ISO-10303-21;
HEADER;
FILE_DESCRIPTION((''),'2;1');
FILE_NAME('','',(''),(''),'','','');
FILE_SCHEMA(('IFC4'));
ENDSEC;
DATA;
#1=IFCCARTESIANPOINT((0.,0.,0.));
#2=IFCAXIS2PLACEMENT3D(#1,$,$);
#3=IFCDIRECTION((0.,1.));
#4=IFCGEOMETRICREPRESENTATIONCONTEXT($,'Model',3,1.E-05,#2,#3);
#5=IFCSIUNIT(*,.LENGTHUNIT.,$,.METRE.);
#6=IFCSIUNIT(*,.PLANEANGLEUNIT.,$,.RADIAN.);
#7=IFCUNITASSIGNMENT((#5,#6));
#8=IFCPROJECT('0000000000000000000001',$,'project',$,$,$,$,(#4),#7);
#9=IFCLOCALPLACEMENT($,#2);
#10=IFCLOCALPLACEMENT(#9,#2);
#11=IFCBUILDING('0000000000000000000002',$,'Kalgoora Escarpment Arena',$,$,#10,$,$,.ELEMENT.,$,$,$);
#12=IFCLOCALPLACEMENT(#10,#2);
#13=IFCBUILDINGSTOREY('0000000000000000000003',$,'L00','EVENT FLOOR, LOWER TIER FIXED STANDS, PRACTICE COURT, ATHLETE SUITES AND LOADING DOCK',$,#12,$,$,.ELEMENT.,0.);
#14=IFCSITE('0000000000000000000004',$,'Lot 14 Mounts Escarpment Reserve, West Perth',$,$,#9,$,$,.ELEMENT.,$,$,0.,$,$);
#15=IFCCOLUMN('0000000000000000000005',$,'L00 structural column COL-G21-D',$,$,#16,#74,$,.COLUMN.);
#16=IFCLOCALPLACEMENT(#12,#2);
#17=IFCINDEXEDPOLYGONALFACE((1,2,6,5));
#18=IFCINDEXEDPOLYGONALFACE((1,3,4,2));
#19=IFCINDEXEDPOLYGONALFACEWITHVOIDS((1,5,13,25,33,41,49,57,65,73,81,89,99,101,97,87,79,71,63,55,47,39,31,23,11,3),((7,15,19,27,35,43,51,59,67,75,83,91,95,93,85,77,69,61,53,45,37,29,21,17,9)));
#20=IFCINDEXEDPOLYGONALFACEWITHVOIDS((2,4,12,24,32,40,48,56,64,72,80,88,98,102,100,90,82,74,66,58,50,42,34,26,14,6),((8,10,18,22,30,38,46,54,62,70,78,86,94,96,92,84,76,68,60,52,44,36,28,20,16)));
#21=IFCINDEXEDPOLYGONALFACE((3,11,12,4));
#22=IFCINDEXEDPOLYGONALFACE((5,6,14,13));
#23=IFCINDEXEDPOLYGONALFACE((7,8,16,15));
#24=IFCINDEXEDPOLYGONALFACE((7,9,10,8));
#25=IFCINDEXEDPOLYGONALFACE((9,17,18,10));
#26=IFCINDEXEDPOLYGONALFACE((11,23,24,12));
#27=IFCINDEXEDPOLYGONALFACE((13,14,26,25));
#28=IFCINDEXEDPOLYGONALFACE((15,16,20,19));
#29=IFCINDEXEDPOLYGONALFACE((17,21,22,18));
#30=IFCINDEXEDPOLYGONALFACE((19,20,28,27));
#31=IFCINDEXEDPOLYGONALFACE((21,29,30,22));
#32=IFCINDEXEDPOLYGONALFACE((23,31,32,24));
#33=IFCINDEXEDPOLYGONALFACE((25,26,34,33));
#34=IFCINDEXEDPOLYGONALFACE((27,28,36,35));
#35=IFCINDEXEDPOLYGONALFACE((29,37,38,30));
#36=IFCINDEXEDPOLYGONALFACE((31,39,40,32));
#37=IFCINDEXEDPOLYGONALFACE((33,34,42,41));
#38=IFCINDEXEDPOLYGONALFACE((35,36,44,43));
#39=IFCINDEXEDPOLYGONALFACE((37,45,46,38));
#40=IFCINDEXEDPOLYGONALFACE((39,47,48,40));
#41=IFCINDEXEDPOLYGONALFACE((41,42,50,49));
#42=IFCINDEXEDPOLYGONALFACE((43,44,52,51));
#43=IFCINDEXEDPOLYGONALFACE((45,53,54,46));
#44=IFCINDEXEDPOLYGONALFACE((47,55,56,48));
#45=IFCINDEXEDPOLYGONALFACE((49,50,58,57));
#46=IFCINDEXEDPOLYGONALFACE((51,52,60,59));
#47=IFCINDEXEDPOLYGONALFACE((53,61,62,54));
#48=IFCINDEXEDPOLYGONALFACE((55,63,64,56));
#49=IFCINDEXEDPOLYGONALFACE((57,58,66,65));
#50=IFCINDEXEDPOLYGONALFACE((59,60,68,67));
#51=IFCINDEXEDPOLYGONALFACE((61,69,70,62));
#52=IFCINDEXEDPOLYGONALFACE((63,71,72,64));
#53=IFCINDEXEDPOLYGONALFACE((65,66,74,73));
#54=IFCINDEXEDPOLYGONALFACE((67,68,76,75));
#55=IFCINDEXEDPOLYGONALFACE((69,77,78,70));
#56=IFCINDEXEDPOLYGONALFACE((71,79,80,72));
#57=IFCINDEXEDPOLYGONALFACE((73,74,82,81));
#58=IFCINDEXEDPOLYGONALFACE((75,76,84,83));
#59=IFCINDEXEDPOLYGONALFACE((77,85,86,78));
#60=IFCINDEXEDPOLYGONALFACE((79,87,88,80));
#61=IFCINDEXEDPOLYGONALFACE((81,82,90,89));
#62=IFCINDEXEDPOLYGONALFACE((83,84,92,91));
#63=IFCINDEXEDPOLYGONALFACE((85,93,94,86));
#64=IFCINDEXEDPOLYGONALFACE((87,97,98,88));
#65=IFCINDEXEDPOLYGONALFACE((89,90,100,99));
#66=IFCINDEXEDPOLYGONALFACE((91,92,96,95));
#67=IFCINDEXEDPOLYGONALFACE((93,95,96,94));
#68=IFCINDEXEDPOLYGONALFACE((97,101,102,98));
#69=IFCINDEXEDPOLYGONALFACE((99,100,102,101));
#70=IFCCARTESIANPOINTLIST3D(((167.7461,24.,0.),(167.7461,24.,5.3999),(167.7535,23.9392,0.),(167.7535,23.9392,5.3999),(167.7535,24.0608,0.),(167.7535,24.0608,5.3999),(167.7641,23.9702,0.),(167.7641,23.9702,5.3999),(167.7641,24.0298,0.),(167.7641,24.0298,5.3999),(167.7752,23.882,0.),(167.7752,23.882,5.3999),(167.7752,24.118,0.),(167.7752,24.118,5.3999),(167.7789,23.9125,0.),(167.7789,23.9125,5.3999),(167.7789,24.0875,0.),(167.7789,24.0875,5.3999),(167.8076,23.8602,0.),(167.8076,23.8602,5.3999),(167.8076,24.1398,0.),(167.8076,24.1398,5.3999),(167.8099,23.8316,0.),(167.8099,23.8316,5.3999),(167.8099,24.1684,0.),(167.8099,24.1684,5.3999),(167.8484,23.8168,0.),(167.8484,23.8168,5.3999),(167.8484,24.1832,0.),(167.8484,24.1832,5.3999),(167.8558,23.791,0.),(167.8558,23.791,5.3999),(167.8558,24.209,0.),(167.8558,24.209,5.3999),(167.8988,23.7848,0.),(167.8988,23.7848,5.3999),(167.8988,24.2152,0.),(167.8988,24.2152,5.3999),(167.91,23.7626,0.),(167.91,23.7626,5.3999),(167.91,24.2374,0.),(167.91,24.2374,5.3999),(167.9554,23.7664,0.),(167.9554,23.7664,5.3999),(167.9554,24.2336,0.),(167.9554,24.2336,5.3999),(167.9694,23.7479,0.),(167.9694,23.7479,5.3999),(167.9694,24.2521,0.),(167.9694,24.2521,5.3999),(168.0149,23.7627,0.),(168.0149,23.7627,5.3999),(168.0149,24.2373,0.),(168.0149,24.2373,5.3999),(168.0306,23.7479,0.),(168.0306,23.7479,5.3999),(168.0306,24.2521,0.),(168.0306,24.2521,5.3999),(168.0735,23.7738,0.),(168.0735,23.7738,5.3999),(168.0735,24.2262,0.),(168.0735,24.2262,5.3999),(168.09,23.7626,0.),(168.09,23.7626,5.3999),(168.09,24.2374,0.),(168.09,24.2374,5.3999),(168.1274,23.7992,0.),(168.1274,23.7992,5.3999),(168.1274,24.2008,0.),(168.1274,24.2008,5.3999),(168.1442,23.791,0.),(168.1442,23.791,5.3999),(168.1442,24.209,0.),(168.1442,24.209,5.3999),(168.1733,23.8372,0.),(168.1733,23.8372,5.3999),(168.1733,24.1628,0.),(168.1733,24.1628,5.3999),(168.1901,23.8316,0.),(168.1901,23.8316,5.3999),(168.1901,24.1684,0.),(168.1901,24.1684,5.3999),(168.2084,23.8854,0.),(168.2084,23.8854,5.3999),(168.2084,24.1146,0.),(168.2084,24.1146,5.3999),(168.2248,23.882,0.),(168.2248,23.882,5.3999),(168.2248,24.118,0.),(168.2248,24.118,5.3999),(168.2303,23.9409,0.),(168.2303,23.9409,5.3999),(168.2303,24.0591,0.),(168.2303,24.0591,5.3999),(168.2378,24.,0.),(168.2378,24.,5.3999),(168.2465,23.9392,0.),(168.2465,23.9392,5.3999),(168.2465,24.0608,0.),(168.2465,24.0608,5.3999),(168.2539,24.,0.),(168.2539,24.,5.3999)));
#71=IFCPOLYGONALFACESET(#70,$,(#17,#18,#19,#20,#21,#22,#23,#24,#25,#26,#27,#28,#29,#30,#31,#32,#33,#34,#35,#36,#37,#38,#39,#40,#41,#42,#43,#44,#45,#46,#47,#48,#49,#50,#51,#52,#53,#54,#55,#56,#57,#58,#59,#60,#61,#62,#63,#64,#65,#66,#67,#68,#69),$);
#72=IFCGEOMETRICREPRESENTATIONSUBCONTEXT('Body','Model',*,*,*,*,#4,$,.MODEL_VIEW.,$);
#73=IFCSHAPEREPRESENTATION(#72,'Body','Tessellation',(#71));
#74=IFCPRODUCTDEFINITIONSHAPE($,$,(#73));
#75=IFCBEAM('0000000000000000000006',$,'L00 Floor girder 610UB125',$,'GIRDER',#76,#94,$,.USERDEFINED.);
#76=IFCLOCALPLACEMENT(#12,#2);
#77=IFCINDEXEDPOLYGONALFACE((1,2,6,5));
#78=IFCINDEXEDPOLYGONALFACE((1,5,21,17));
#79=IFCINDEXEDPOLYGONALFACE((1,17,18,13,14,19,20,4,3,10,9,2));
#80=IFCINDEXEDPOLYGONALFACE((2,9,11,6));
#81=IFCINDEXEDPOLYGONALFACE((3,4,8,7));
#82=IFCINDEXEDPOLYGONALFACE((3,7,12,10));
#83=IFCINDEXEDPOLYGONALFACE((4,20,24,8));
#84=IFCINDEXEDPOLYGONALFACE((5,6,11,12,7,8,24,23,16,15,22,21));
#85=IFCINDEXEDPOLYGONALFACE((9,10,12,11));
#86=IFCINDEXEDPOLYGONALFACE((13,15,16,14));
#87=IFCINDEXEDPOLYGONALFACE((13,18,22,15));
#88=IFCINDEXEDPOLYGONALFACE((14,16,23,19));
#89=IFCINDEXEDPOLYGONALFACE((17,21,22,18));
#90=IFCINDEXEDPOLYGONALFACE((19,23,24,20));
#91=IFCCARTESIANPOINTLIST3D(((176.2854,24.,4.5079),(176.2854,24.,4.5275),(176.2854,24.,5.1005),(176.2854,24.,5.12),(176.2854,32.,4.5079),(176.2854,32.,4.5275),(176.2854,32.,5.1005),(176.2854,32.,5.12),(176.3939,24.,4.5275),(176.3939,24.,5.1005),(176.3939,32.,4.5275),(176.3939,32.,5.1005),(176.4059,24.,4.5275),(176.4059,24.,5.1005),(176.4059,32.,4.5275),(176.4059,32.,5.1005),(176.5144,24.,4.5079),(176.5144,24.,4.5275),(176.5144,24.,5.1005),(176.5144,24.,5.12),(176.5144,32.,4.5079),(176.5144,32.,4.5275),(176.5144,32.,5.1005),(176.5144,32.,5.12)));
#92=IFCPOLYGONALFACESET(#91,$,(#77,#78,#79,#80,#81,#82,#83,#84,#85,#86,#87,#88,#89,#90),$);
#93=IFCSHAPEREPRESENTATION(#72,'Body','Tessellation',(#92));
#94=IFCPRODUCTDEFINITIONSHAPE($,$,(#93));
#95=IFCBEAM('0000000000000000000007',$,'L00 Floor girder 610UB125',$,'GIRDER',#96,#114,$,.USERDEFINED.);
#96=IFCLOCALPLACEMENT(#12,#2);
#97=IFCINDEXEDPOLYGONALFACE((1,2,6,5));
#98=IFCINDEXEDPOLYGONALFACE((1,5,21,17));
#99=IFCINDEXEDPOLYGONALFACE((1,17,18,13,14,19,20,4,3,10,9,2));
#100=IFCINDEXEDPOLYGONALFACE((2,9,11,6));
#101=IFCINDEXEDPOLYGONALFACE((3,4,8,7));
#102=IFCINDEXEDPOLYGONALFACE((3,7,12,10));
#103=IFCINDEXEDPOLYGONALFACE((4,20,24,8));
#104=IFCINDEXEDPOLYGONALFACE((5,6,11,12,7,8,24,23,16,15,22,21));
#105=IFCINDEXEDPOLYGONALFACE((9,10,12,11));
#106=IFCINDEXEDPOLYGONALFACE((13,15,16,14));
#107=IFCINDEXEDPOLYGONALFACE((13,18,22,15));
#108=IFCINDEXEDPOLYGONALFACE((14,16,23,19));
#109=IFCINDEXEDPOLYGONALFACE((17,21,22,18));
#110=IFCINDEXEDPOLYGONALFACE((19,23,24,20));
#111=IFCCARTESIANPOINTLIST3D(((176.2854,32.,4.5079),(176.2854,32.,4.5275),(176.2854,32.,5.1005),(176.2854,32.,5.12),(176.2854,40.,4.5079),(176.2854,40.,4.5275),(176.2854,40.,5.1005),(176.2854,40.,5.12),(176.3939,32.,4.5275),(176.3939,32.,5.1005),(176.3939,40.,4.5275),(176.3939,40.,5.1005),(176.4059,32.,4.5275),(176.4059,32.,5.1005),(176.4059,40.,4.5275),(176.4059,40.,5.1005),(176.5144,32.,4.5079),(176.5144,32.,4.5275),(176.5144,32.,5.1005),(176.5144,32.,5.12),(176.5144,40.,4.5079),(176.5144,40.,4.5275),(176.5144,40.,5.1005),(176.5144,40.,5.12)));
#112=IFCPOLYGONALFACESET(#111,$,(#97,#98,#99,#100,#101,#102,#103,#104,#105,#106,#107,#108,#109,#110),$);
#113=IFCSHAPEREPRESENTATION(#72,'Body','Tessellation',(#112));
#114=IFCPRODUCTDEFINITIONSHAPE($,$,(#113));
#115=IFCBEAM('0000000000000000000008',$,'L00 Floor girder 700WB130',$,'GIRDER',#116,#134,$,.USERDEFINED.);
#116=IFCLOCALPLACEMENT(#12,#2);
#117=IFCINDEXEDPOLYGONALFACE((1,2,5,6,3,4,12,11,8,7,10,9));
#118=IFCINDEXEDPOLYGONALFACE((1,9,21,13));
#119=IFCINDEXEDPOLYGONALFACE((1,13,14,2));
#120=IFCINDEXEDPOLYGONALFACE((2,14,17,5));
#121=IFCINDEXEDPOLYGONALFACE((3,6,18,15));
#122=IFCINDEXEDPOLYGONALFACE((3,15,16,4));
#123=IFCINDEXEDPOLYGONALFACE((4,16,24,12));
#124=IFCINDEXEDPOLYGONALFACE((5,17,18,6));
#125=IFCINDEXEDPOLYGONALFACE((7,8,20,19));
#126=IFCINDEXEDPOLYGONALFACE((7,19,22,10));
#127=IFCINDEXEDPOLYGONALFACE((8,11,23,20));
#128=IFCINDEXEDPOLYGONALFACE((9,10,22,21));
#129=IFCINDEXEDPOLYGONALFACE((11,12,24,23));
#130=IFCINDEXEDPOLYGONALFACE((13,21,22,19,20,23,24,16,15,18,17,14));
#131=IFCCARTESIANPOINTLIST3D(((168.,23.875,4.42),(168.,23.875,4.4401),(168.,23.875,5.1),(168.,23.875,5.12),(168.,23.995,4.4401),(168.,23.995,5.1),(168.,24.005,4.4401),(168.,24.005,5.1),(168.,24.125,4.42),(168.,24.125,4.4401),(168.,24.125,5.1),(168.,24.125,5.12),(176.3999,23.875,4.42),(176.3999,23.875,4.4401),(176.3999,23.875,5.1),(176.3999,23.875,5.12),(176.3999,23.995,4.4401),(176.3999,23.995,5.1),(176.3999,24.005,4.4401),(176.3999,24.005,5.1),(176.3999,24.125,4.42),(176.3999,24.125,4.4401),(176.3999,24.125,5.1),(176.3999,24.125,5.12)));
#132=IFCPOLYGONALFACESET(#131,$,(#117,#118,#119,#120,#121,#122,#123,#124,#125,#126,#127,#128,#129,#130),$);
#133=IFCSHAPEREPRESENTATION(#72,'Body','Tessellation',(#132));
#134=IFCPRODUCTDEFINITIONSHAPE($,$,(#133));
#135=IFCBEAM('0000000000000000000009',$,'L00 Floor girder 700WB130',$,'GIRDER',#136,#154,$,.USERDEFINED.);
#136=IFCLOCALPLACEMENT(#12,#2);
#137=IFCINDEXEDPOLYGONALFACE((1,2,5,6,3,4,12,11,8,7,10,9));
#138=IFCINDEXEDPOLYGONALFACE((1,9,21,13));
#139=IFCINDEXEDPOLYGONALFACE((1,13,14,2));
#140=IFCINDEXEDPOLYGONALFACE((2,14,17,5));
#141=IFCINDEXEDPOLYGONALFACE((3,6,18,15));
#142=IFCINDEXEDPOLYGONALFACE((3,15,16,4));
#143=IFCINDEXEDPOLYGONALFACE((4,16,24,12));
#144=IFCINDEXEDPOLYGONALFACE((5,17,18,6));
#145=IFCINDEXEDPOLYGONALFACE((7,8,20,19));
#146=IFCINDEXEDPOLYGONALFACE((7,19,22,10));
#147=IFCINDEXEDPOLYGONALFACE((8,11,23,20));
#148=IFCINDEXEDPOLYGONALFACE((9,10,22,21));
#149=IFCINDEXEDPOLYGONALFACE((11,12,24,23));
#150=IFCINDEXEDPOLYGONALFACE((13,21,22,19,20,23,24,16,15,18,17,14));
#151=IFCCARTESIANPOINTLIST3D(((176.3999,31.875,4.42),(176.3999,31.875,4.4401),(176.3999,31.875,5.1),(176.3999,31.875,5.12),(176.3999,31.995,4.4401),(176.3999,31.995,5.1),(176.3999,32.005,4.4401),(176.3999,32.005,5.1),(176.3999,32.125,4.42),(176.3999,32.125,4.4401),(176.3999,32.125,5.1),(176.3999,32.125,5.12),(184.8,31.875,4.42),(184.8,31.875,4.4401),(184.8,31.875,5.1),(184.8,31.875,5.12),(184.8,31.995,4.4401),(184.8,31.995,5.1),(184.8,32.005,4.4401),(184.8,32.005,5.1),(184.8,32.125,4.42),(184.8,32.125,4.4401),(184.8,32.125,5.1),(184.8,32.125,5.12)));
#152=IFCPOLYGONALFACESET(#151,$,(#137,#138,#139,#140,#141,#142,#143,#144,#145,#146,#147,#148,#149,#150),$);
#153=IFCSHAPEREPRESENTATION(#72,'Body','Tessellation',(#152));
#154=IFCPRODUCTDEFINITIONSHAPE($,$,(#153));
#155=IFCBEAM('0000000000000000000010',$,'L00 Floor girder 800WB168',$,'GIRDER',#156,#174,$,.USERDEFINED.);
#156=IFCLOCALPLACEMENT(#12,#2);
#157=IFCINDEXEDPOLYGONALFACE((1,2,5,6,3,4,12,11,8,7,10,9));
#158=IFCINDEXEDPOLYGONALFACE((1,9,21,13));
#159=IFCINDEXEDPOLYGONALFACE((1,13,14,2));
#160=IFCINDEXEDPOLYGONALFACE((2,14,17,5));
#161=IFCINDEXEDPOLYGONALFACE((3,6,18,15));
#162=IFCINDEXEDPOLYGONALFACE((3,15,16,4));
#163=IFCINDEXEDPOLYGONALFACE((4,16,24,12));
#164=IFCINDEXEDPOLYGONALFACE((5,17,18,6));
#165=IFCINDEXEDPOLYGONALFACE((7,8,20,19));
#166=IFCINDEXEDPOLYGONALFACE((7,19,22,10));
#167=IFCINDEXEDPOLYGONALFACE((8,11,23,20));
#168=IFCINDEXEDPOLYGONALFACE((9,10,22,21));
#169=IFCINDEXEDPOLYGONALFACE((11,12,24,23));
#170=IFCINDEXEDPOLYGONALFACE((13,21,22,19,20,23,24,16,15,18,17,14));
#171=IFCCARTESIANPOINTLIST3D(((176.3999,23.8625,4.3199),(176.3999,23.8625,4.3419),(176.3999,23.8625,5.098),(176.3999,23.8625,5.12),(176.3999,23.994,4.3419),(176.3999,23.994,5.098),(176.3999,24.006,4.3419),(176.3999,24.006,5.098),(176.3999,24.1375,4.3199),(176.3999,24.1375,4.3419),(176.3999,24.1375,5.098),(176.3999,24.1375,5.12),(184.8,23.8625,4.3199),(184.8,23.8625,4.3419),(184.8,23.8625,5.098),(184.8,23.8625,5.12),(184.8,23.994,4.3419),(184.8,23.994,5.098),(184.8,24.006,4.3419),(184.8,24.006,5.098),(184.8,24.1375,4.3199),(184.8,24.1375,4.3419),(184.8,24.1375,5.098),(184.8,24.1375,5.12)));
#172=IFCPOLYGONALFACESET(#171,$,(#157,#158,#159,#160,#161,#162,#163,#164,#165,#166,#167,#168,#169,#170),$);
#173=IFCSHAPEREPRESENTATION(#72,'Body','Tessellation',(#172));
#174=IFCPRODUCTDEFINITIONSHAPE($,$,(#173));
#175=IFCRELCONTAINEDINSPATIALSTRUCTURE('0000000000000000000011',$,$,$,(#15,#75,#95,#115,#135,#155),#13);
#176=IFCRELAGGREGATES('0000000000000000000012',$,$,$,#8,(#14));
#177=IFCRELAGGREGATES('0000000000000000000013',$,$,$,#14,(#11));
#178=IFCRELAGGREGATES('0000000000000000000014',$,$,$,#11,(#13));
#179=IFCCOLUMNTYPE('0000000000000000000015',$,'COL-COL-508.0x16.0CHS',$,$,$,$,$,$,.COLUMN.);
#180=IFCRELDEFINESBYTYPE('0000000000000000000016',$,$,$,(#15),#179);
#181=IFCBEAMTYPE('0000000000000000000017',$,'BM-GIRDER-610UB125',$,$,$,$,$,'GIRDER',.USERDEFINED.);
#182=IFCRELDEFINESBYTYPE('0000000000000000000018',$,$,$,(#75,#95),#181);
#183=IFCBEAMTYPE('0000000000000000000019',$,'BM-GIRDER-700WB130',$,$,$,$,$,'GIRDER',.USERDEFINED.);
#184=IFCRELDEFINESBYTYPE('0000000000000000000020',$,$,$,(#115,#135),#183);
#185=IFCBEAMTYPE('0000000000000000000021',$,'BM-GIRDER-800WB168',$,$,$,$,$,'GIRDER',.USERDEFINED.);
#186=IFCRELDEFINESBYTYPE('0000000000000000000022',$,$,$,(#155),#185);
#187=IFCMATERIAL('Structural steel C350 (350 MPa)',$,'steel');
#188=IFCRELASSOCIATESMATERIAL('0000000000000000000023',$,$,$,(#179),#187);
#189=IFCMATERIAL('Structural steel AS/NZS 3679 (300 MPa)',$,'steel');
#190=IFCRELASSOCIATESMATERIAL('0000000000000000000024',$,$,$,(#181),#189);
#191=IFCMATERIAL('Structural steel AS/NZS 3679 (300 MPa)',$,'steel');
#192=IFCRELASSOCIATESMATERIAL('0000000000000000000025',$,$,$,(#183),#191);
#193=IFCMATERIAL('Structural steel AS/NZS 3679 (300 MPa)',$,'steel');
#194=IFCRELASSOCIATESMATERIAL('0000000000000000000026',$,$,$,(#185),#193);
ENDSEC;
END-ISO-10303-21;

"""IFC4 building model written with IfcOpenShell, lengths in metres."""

from ifc_helpers import new_model, si_unit, direction, frame, origin, origin_2d, place, context, subcontext, project, spatial, hollow_circle, i_section, extrude, material, material_profile, profile_set, type_object, element, save


model = new_model("IFC4")

# Units and contexts
model_context = context("Model", 3, precision=1e-05, world=origin(), true_north=direction((0.0, 1.0)))
body_context = subcontext(model_context, "Body", "Model", "MODEL_VIEW")
ifc_project = project(units=[si_unit("LENGTHUNIT", "METRE"), si_unit("PLANEANGLEUNIT", "RADIAN")], contexts=[model_context])

# Site, building, storey
site_placement = place(None, origin())
site = spatial("IfcSite", under=ifc_project, at=site_placement, Name="Lot 14 Mounts Escarpment Reserve, West Perth", CompositionType="ELEMENT", RefElevation=0.0)
building_placement = place(site_placement, origin())
building = spatial("IfcBuilding", under=site, at=building_placement, Name="Kalgoora Escarpment Arena", CompositionType="ELEMENT")
storey_placement = place(building_placement, origin())
storey = spatial("IfcBuildingStorey", under=building, at=storey_placement, Name="L00", Description="EVENT FLOOR, LOWER TIER FIXED STANDS, PRACTICE COURT, ATHLETE SUITES AND LOADING DOCK", CompositionType="ELEMENT", Elevation=0.0)

# Column
ifc_material_1 = material(Name="Structural steel C350 (350 MPa)", Category="steel")
ifc_material_profile_1 = material_profile(ifc_material_1, hollow_circle(Radius=0.2539, WallThickness=0.0161, at=origin_2d()))
ifc_profile_set_1 = profile_set([ifc_material_profile_1], Name="Structural steel C350 (350 MPa)")
column_type_1 = type_object("IfcColumnType", Name="COL-COL-508.0x16.0CHS", PredefinedType="COLUMN", material=ifc_profile_set_1)
column_1_placement = place(storey_placement, frame((168.0, 24.0, 0.0), z_axis=(0.0, 0.0, 1.0), x_axis=(1.0, 0.0, 0.0)))
element("IfcColumn", 1, at=column_1_placement, inside=storey, type_object=column_type_1, Name="L00 structural column COL-G21-D", PredefinedType="COLUMN", context=body_context, shape_type="SweptSolid", body=[
    extrude(hollow_circle(Radius=0.2539, WallThickness=0.0161, at=origin_2d()), origin(), (0.0, 0.0, 1.0), 5.3999),
])

# Beams
ifc_material_2 = material(Name="Structural steel AS/NZS 3679 (300 MPa)", Category="steel")
ifc_material_profile_2 = material_profile(ifc_material_2, i_section(OverallWidth=0.229, OverallDepth=0.6121, WebThickness=0.012, FlangeThickness=0.0195, at=origin_2d()))
ifc_profile_set_2 = profile_set([ifc_material_profile_2], Name="Structural steel AS/NZS 3679 (300 MPa)")
beam_type_1 = type_object("IfcBeamType", Name="BM-GIRDER-610UB125", ElementType="GIRDER", PredefinedType="USERDEFINED", material=ifc_profile_set_2)
for number, where, z_axis, x_axis, name in (
    (2, (176.3999, 24.0, 4.814), (0.0, 1.0, 0.0), (-1.0, 0.0, 0.0), "L00 Floor girder 610UB125"),
    (3, (176.3999, 32.0, 4.814), (0.0, 1.0, 0.0), (-1.0, 0.0, 0.0), "L00 Floor girder 610UB125"),
):
    element("IfcBeam", number, at=place(storey_placement, frame(where, z_axis=z_axis, x_axis=x_axis)), inside=storey, type_object=beam_type_1, Name=name, ObjectType="GIRDER", PredefinedType="USERDEFINED", context=body_context, shape_type="SweptSolid", body=[
        extrude(i_section(OverallWidth=0.229, OverallDepth=0.6121, WebThickness=0.012, FlangeThickness=0.0195, at=origin_2d()), origin(), (0.0, 0.0, 1.0), 8.0),
    ])
ifc_material_3 = material(Name="Structural steel AS/NZS 3679 (300 MPa)", Category="steel")
ifc_material_profile_3 = material_profile(ifc_material_3, i_section(OverallWidth=0.25, OverallDepth=0.7, WebThickness=0.01, FlangeThickness=0.02, at=origin_2d()))
ifc_profile_set_3 = profile_set([ifc_material_profile_3], Name="Structural steel AS/NZS 3679 (300 MPa)")
beam_type_2 = type_object("IfcBeamType", Name="BM-GIRDER-700WB130", ElementType="GIRDER", PredefinedType="USERDEFINED", material=ifc_profile_set_3)
beam_1_placement = place(storey_placement, frame((168.0, 24.0, 4.77), z_axis=(1.0, 0.0, 0.0), x_axis=(0.0, 1.0, 0.0)))
element("IfcBeam", 4, at=beam_1_placement, inside=storey, type_object=beam_type_2, Name="L00 Floor girder 700WB130", ObjectType="GIRDER", PredefinedType="USERDEFINED", context=body_context, shape_type="SweptSolid", body=[
    extrude(i_section(OverallWidth=0.25, OverallDepth=0.7, WebThickness=0.01, FlangeThickness=0.02, at=origin_2d()), origin(), (0.0, 0.0, 1.0), 8.3999),
])
beam_2_placement = place(storey_placement, frame((176.3999, 32.0, 4.77), z_axis=(1.0, 0.0, 0.0), x_axis=(0.0, 1.0, 0.0)))
element("IfcBeam", 5, at=beam_2_placement, inside=storey, type_object=beam_type_2, Name="L00 Floor girder 700WB130", ObjectType="GIRDER", PredefinedType="USERDEFINED", context=body_context, shape_type="SweptSolid", body=[
    extrude(i_section(OverallWidth=0.25, OverallDepth=0.7, WebThickness=0.01, FlangeThickness=0.02, at=origin_2d()), origin(), (0.0, 0.0, 1.0), 8.4001),
])
ifc_material_4 = material(Name="Structural steel AS/NZS 3679 (300 MPa)", Category="steel")
ifc_material_profile_4 = material_profile(ifc_material_4, i_section(OverallWidth=0.2749, OverallDepth=0.8, WebThickness=0.012, FlangeThickness=0.022, at=origin_2d()))
ifc_profile_set_4 = profile_set([ifc_material_profile_4], Name="Structural steel AS/NZS 3679 (300 MPa)")
beam_type_3 = type_object("IfcBeamType", Name="BM-GIRDER-800WB168", ElementType="GIRDER", PredefinedType="USERDEFINED", material=ifc_profile_set_4)
beam_3_placement = place(storey_placement, frame((176.3999, 24.0, 4.72), z_axis=(1.0, 0.0, 0.0), x_axis=(0.0, 1.0, 0.0)))
element("IfcBeam", 6, at=beam_3_placement, inside=storey, type_object=beam_type_3, Name="L00 Floor girder 800WB168", ObjectType="GIRDER", PredefinedType="USERDEFINED", context=body_context, shape_type="SweptSolid", body=[
    extrude(i_section(OverallWidth=0.2749, OverallDepth=0.8, WebThickness=0.012, FlangeThickness=0.022, at=origin_2d()), origin(), (0.0, 0.0, 1.0), 8.4001),
])

save(model, "model.ifc")
